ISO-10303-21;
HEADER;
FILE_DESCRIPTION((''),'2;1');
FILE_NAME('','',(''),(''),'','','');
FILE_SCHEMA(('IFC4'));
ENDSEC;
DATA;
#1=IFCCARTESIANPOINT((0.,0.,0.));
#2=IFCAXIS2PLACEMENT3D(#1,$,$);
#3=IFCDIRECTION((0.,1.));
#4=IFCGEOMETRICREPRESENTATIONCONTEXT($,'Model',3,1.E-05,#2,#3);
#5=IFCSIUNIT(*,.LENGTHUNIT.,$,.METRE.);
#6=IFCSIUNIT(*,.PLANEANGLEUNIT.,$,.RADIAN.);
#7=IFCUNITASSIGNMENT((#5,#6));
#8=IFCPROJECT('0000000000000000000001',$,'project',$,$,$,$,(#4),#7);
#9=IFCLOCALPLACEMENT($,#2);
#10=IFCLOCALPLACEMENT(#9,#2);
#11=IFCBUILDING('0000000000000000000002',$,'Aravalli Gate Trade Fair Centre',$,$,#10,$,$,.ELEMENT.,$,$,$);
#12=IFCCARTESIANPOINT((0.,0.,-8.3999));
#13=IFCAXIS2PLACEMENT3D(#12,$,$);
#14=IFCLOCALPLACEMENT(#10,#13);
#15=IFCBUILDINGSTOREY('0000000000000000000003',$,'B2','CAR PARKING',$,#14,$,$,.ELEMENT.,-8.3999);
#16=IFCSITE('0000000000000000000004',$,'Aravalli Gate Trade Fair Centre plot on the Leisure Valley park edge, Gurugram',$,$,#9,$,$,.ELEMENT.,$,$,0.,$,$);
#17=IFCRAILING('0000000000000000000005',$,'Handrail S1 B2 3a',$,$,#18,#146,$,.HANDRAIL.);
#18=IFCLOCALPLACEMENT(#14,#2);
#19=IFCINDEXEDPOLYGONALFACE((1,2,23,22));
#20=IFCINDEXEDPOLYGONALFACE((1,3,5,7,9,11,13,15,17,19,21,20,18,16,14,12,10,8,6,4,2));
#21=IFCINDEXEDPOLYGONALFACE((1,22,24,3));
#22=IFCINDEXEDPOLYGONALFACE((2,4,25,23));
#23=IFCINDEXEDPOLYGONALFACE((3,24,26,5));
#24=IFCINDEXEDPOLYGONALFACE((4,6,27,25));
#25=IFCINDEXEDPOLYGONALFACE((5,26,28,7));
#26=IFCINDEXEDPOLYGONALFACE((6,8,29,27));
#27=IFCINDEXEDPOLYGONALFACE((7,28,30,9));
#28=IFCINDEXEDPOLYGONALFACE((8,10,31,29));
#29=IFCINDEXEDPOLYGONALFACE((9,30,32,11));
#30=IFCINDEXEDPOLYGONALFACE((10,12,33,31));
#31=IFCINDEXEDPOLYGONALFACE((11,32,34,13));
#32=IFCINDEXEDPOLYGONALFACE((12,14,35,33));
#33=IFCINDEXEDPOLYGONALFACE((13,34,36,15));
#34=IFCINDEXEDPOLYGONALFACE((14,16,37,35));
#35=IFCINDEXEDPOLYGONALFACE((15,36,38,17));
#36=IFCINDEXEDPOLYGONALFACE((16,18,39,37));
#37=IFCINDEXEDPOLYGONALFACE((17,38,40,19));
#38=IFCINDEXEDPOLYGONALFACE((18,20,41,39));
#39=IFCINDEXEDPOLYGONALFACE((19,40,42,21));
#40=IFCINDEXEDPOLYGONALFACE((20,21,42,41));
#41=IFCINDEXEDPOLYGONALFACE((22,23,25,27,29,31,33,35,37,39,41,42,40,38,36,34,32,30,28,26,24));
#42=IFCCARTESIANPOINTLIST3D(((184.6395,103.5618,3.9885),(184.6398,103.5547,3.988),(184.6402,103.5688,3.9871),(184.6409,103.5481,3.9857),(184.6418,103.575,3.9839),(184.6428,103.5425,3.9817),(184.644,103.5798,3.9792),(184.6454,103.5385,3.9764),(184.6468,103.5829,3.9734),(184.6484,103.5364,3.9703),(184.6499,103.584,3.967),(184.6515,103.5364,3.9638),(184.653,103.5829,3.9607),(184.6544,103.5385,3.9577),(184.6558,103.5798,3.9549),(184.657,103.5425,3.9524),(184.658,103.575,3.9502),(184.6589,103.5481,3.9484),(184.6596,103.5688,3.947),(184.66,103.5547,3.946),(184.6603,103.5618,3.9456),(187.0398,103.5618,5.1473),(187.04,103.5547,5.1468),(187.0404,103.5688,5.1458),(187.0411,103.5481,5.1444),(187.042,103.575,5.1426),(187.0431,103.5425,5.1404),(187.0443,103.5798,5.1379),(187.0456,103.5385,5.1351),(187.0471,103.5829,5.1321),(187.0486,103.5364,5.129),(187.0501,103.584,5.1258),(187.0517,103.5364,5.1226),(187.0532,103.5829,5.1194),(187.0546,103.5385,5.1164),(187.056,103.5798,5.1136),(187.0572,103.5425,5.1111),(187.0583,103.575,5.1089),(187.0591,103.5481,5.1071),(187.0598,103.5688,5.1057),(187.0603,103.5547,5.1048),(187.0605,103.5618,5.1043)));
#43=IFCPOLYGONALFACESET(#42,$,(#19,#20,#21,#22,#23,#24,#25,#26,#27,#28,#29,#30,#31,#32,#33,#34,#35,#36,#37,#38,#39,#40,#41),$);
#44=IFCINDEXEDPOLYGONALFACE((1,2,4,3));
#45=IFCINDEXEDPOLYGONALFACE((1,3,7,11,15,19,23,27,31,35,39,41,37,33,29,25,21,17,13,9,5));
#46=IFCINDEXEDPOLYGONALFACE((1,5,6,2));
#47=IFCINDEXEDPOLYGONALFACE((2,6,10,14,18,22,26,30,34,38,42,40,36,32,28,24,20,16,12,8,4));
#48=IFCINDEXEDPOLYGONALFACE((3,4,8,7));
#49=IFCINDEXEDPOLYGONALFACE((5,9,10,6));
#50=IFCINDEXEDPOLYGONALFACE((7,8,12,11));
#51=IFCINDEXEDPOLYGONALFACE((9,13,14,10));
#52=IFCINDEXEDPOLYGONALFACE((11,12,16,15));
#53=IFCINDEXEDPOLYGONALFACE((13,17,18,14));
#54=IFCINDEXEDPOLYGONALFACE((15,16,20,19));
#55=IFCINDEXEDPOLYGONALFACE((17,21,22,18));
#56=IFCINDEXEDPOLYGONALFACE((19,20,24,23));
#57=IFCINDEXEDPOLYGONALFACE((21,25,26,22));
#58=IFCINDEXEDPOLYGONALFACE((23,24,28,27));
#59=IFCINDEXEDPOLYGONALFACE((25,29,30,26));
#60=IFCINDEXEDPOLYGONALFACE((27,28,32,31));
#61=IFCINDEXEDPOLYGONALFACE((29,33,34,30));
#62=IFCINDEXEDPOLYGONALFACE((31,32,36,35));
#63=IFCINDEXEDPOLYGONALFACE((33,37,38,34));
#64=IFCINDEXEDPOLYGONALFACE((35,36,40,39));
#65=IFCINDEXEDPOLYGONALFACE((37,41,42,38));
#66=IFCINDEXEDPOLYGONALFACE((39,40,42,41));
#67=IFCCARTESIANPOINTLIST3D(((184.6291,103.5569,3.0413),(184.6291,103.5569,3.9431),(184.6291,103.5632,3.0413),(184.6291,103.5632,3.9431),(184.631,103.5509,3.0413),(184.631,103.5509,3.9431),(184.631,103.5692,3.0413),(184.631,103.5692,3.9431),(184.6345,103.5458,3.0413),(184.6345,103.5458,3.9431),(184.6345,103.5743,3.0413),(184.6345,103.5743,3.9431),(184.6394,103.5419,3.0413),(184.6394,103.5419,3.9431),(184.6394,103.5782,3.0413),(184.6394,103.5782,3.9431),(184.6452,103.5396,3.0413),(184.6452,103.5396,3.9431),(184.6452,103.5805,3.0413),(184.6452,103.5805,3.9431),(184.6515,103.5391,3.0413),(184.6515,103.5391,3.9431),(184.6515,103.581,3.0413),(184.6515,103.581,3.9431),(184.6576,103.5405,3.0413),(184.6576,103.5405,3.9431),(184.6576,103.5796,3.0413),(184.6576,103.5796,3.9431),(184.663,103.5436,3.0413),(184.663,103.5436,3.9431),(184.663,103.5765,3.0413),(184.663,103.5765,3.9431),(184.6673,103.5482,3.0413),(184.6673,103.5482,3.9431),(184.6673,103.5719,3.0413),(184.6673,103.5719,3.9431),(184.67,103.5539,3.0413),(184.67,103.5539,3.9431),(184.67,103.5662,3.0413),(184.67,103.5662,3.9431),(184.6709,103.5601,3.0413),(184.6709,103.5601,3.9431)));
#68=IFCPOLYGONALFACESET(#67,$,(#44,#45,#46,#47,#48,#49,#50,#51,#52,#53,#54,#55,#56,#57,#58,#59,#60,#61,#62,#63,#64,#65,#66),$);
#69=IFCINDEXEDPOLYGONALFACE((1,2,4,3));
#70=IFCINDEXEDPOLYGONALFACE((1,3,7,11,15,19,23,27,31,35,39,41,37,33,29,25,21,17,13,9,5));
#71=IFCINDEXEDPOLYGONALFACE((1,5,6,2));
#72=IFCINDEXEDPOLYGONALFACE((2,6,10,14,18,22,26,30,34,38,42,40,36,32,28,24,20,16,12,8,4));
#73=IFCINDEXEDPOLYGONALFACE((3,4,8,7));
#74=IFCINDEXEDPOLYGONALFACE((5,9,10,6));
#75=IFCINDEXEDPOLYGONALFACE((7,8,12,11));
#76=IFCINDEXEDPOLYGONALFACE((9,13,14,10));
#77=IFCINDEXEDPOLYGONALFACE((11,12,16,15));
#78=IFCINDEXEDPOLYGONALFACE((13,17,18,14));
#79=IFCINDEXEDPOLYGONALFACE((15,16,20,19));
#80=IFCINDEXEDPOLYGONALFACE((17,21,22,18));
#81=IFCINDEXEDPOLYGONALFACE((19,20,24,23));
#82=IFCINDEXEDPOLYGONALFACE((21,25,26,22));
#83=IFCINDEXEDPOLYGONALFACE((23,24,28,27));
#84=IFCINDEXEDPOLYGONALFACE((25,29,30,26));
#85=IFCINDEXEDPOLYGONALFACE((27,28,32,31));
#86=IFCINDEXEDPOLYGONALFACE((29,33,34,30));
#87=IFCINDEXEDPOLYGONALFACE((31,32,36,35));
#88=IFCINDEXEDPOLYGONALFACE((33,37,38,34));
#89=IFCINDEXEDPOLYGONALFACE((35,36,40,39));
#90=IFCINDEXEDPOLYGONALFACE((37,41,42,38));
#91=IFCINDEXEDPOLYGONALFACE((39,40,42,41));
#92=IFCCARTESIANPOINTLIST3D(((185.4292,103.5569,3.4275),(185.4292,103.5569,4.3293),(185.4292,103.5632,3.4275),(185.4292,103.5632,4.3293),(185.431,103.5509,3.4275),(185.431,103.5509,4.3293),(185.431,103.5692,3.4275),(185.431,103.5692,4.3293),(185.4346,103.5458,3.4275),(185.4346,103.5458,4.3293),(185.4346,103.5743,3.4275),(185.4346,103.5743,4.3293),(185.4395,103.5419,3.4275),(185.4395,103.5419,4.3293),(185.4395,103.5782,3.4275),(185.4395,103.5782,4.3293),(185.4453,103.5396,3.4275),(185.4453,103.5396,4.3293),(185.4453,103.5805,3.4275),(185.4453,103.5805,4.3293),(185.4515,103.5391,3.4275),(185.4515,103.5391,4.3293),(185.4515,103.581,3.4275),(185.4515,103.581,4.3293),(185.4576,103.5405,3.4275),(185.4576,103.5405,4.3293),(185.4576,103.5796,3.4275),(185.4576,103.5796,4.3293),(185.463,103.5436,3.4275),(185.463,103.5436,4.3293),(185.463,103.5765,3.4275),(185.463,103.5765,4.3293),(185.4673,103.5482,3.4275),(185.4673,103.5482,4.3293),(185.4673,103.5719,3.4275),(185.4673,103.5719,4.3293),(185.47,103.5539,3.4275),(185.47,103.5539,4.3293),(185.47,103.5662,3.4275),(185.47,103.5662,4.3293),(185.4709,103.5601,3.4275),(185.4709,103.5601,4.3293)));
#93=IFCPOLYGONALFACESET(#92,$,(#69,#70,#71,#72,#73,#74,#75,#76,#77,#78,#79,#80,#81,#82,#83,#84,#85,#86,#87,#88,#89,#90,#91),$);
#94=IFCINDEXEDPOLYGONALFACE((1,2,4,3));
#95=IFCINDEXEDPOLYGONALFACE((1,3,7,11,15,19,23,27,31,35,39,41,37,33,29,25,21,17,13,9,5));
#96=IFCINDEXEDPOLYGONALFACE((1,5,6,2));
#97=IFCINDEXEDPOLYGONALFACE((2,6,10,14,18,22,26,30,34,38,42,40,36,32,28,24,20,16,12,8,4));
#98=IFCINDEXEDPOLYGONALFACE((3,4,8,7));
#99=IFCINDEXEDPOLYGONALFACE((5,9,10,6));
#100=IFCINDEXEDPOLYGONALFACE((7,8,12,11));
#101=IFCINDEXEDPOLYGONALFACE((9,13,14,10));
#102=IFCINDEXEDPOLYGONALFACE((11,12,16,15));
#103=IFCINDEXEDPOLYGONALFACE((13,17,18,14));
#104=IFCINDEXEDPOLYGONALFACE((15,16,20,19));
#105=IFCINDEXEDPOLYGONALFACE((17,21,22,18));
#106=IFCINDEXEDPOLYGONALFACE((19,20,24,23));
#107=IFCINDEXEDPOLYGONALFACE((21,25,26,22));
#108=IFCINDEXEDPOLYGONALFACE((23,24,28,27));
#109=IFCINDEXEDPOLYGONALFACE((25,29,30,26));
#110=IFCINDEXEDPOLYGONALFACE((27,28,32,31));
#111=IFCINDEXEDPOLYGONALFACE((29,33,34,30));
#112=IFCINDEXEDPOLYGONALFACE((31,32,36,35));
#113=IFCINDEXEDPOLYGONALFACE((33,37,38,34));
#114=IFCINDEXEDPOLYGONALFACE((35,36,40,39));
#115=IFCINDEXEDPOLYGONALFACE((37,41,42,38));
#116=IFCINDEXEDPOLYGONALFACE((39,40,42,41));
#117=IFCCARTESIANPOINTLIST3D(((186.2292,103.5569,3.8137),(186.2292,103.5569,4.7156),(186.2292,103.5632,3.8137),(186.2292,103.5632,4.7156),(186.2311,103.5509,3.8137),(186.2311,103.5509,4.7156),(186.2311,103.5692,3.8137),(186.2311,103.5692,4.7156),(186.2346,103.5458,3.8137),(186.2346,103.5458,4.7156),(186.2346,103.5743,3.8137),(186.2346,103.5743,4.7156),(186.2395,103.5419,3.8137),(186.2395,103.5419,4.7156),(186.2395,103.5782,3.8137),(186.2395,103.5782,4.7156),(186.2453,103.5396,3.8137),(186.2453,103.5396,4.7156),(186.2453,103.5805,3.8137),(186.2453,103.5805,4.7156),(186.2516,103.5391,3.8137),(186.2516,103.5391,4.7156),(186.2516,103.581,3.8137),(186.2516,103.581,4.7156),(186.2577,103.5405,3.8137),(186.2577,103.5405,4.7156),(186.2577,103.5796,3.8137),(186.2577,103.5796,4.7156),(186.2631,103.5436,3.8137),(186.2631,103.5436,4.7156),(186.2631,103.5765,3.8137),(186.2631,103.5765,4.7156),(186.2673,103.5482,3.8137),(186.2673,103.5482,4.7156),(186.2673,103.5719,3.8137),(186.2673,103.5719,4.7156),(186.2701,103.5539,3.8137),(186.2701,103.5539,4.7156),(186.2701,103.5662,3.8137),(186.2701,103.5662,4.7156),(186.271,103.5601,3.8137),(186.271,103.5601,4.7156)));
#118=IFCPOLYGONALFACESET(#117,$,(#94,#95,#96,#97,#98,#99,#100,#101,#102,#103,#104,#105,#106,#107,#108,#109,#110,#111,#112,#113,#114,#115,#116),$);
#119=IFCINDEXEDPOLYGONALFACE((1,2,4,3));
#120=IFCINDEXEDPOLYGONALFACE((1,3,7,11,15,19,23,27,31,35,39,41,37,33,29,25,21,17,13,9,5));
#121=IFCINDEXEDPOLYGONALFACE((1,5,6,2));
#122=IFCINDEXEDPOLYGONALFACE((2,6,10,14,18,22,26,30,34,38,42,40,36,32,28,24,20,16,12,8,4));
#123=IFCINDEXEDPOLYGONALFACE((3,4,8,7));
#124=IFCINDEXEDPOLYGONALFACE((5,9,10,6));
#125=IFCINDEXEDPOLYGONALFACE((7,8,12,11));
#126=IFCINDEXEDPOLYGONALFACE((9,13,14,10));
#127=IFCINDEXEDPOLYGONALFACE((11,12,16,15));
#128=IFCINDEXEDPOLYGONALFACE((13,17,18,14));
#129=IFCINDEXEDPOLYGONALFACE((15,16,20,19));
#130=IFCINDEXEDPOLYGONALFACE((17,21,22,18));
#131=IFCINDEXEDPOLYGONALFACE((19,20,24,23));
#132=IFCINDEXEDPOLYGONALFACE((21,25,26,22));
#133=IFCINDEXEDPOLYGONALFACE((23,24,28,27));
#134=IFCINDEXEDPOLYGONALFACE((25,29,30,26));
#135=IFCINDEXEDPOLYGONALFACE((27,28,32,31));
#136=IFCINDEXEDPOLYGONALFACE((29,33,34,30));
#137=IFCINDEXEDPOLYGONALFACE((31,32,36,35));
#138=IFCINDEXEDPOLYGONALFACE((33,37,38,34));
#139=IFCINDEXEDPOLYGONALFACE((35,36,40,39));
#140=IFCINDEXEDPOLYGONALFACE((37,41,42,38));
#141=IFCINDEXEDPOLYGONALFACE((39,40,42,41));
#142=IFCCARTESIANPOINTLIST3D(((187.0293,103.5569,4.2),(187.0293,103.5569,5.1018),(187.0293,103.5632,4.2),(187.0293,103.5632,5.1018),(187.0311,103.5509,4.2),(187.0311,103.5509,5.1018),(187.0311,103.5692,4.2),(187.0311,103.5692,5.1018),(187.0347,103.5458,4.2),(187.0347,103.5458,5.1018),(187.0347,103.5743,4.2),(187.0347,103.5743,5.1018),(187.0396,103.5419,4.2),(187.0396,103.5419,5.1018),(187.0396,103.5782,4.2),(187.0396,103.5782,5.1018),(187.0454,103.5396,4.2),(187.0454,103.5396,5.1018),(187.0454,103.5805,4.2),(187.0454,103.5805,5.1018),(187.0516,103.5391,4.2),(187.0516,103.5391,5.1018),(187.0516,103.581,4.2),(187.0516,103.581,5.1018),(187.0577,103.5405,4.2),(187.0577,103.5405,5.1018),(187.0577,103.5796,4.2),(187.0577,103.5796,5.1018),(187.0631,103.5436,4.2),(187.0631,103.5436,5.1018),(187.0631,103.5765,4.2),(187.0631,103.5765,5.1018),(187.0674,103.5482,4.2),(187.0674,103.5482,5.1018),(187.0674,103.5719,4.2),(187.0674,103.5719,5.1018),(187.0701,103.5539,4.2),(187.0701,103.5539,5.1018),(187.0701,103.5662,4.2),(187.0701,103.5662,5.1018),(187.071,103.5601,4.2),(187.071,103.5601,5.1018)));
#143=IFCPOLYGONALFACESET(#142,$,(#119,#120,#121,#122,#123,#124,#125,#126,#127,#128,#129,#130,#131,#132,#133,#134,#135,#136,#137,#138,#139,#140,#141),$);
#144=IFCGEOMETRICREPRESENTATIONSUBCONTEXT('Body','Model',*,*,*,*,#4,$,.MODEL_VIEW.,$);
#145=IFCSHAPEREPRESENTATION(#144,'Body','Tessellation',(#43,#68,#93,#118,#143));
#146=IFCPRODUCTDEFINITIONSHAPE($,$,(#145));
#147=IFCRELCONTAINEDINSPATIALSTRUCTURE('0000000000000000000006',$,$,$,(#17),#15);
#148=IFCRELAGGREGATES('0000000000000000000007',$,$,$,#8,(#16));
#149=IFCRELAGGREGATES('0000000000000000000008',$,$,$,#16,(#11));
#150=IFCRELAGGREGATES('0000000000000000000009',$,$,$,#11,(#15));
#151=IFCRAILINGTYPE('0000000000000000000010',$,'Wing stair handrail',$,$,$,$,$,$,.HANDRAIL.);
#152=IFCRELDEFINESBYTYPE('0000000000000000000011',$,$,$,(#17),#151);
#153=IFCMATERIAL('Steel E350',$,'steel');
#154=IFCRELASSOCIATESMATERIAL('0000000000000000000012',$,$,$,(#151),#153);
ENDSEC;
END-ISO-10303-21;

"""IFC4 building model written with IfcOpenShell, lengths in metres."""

from ifc_helpers import new_model, si_unit, direction, frame, origin, origin_2d, place, context, subcontext, project, spatial, circle, extrude, material, type_object, element, save


model = new_model("IFC4")

# Units and contexts
model_context = context("Model", 3, precision=1e-05, world=origin(), true_north=direction((0.0, 1.0)))
body_context = subcontext(model_context, "Body", "Model", "MODEL_VIEW")
ifc_project = project(units=[si_unit("LENGTHUNIT", "METRE"), si_unit("PLANEANGLEUNIT", "RADIAN")], contexts=[model_context])

# Site, building, storey
site_placement = place(None, origin())
site = spatial("IfcSite", under=ifc_project, at=site_placement, Name="Aravalli Gate Trade Fair Centre plot on the Leisure Valley park edge, Gurugram", CompositionType="ELEMENT", RefElevation=0.0)
building_placement = place(site_placement, origin())
building = spatial("IfcBuilding", under=site, at=building_placement, Name="Aravalli Gate Trade Fair Centre", CompositionType="ELEMENT")
storey_placement = place(building_placement, frame((0.0, 0.0, -8.3999)))
storey = spatial("IfcBuildingStorey", under=building, at=storey_placement, Name="B2", Description="CAR PARKING", CompositionType="ELEMENT", Elevation=-8.3999)

# Shared definitions
ifc_material_1 = material(Name="Steel E350", Category="steel")

# Railing
railing_type = type_object("IfcRailingType", Name="Wing stair handrail", PredefinedType="HANDRAIL", material=ifc_material_1)
for number, where, name in (
    (1, (184.6499, 103.5601, 3.0413), "Handrail S1 B2 3a"),
):
    element("IfcRailing", number, at=place(storey_placement, frame(where)), inside=storey, type_object=railing_type, Name=name, PredefinedType="HANDRAIL", context=body_context, shape_type="SweptSolid", body=[
        extrude(circle(Radius=0.0239, at=origin_2d()), frame((0.0, 0.0, 0.9258), z_axis=(0.900552, 0.0, 0.434749), x_axis=(0.0, 1.0, 0.0)), (0.0, 0.0, 1.0), 2.6653),
        extrude(circle(Radius=0.021, at=origin_2d()), origin(), (0.0, 0.0, 1.0), 0.9019),
        extrude(circle(Radius=0.021, at=origin_2d()), frame((0.8, 0.0, 0.3862)), (0.0, 0.0, 1.0), 0.9019),
        extrude(circle(Radius=0.021, at=origin_2d()), frame((1.6001, 0.0, 0.7725)), (0.0, 0.0, 1.0), 0.9019),
        extrude(circle(Radius=0.021, at=origin_2d()), frame((2.4001, 0.0, 1.1587)), (0.0, 0.0, 1.0), 0.9019),
    ])

save(model, "model.ifc")
